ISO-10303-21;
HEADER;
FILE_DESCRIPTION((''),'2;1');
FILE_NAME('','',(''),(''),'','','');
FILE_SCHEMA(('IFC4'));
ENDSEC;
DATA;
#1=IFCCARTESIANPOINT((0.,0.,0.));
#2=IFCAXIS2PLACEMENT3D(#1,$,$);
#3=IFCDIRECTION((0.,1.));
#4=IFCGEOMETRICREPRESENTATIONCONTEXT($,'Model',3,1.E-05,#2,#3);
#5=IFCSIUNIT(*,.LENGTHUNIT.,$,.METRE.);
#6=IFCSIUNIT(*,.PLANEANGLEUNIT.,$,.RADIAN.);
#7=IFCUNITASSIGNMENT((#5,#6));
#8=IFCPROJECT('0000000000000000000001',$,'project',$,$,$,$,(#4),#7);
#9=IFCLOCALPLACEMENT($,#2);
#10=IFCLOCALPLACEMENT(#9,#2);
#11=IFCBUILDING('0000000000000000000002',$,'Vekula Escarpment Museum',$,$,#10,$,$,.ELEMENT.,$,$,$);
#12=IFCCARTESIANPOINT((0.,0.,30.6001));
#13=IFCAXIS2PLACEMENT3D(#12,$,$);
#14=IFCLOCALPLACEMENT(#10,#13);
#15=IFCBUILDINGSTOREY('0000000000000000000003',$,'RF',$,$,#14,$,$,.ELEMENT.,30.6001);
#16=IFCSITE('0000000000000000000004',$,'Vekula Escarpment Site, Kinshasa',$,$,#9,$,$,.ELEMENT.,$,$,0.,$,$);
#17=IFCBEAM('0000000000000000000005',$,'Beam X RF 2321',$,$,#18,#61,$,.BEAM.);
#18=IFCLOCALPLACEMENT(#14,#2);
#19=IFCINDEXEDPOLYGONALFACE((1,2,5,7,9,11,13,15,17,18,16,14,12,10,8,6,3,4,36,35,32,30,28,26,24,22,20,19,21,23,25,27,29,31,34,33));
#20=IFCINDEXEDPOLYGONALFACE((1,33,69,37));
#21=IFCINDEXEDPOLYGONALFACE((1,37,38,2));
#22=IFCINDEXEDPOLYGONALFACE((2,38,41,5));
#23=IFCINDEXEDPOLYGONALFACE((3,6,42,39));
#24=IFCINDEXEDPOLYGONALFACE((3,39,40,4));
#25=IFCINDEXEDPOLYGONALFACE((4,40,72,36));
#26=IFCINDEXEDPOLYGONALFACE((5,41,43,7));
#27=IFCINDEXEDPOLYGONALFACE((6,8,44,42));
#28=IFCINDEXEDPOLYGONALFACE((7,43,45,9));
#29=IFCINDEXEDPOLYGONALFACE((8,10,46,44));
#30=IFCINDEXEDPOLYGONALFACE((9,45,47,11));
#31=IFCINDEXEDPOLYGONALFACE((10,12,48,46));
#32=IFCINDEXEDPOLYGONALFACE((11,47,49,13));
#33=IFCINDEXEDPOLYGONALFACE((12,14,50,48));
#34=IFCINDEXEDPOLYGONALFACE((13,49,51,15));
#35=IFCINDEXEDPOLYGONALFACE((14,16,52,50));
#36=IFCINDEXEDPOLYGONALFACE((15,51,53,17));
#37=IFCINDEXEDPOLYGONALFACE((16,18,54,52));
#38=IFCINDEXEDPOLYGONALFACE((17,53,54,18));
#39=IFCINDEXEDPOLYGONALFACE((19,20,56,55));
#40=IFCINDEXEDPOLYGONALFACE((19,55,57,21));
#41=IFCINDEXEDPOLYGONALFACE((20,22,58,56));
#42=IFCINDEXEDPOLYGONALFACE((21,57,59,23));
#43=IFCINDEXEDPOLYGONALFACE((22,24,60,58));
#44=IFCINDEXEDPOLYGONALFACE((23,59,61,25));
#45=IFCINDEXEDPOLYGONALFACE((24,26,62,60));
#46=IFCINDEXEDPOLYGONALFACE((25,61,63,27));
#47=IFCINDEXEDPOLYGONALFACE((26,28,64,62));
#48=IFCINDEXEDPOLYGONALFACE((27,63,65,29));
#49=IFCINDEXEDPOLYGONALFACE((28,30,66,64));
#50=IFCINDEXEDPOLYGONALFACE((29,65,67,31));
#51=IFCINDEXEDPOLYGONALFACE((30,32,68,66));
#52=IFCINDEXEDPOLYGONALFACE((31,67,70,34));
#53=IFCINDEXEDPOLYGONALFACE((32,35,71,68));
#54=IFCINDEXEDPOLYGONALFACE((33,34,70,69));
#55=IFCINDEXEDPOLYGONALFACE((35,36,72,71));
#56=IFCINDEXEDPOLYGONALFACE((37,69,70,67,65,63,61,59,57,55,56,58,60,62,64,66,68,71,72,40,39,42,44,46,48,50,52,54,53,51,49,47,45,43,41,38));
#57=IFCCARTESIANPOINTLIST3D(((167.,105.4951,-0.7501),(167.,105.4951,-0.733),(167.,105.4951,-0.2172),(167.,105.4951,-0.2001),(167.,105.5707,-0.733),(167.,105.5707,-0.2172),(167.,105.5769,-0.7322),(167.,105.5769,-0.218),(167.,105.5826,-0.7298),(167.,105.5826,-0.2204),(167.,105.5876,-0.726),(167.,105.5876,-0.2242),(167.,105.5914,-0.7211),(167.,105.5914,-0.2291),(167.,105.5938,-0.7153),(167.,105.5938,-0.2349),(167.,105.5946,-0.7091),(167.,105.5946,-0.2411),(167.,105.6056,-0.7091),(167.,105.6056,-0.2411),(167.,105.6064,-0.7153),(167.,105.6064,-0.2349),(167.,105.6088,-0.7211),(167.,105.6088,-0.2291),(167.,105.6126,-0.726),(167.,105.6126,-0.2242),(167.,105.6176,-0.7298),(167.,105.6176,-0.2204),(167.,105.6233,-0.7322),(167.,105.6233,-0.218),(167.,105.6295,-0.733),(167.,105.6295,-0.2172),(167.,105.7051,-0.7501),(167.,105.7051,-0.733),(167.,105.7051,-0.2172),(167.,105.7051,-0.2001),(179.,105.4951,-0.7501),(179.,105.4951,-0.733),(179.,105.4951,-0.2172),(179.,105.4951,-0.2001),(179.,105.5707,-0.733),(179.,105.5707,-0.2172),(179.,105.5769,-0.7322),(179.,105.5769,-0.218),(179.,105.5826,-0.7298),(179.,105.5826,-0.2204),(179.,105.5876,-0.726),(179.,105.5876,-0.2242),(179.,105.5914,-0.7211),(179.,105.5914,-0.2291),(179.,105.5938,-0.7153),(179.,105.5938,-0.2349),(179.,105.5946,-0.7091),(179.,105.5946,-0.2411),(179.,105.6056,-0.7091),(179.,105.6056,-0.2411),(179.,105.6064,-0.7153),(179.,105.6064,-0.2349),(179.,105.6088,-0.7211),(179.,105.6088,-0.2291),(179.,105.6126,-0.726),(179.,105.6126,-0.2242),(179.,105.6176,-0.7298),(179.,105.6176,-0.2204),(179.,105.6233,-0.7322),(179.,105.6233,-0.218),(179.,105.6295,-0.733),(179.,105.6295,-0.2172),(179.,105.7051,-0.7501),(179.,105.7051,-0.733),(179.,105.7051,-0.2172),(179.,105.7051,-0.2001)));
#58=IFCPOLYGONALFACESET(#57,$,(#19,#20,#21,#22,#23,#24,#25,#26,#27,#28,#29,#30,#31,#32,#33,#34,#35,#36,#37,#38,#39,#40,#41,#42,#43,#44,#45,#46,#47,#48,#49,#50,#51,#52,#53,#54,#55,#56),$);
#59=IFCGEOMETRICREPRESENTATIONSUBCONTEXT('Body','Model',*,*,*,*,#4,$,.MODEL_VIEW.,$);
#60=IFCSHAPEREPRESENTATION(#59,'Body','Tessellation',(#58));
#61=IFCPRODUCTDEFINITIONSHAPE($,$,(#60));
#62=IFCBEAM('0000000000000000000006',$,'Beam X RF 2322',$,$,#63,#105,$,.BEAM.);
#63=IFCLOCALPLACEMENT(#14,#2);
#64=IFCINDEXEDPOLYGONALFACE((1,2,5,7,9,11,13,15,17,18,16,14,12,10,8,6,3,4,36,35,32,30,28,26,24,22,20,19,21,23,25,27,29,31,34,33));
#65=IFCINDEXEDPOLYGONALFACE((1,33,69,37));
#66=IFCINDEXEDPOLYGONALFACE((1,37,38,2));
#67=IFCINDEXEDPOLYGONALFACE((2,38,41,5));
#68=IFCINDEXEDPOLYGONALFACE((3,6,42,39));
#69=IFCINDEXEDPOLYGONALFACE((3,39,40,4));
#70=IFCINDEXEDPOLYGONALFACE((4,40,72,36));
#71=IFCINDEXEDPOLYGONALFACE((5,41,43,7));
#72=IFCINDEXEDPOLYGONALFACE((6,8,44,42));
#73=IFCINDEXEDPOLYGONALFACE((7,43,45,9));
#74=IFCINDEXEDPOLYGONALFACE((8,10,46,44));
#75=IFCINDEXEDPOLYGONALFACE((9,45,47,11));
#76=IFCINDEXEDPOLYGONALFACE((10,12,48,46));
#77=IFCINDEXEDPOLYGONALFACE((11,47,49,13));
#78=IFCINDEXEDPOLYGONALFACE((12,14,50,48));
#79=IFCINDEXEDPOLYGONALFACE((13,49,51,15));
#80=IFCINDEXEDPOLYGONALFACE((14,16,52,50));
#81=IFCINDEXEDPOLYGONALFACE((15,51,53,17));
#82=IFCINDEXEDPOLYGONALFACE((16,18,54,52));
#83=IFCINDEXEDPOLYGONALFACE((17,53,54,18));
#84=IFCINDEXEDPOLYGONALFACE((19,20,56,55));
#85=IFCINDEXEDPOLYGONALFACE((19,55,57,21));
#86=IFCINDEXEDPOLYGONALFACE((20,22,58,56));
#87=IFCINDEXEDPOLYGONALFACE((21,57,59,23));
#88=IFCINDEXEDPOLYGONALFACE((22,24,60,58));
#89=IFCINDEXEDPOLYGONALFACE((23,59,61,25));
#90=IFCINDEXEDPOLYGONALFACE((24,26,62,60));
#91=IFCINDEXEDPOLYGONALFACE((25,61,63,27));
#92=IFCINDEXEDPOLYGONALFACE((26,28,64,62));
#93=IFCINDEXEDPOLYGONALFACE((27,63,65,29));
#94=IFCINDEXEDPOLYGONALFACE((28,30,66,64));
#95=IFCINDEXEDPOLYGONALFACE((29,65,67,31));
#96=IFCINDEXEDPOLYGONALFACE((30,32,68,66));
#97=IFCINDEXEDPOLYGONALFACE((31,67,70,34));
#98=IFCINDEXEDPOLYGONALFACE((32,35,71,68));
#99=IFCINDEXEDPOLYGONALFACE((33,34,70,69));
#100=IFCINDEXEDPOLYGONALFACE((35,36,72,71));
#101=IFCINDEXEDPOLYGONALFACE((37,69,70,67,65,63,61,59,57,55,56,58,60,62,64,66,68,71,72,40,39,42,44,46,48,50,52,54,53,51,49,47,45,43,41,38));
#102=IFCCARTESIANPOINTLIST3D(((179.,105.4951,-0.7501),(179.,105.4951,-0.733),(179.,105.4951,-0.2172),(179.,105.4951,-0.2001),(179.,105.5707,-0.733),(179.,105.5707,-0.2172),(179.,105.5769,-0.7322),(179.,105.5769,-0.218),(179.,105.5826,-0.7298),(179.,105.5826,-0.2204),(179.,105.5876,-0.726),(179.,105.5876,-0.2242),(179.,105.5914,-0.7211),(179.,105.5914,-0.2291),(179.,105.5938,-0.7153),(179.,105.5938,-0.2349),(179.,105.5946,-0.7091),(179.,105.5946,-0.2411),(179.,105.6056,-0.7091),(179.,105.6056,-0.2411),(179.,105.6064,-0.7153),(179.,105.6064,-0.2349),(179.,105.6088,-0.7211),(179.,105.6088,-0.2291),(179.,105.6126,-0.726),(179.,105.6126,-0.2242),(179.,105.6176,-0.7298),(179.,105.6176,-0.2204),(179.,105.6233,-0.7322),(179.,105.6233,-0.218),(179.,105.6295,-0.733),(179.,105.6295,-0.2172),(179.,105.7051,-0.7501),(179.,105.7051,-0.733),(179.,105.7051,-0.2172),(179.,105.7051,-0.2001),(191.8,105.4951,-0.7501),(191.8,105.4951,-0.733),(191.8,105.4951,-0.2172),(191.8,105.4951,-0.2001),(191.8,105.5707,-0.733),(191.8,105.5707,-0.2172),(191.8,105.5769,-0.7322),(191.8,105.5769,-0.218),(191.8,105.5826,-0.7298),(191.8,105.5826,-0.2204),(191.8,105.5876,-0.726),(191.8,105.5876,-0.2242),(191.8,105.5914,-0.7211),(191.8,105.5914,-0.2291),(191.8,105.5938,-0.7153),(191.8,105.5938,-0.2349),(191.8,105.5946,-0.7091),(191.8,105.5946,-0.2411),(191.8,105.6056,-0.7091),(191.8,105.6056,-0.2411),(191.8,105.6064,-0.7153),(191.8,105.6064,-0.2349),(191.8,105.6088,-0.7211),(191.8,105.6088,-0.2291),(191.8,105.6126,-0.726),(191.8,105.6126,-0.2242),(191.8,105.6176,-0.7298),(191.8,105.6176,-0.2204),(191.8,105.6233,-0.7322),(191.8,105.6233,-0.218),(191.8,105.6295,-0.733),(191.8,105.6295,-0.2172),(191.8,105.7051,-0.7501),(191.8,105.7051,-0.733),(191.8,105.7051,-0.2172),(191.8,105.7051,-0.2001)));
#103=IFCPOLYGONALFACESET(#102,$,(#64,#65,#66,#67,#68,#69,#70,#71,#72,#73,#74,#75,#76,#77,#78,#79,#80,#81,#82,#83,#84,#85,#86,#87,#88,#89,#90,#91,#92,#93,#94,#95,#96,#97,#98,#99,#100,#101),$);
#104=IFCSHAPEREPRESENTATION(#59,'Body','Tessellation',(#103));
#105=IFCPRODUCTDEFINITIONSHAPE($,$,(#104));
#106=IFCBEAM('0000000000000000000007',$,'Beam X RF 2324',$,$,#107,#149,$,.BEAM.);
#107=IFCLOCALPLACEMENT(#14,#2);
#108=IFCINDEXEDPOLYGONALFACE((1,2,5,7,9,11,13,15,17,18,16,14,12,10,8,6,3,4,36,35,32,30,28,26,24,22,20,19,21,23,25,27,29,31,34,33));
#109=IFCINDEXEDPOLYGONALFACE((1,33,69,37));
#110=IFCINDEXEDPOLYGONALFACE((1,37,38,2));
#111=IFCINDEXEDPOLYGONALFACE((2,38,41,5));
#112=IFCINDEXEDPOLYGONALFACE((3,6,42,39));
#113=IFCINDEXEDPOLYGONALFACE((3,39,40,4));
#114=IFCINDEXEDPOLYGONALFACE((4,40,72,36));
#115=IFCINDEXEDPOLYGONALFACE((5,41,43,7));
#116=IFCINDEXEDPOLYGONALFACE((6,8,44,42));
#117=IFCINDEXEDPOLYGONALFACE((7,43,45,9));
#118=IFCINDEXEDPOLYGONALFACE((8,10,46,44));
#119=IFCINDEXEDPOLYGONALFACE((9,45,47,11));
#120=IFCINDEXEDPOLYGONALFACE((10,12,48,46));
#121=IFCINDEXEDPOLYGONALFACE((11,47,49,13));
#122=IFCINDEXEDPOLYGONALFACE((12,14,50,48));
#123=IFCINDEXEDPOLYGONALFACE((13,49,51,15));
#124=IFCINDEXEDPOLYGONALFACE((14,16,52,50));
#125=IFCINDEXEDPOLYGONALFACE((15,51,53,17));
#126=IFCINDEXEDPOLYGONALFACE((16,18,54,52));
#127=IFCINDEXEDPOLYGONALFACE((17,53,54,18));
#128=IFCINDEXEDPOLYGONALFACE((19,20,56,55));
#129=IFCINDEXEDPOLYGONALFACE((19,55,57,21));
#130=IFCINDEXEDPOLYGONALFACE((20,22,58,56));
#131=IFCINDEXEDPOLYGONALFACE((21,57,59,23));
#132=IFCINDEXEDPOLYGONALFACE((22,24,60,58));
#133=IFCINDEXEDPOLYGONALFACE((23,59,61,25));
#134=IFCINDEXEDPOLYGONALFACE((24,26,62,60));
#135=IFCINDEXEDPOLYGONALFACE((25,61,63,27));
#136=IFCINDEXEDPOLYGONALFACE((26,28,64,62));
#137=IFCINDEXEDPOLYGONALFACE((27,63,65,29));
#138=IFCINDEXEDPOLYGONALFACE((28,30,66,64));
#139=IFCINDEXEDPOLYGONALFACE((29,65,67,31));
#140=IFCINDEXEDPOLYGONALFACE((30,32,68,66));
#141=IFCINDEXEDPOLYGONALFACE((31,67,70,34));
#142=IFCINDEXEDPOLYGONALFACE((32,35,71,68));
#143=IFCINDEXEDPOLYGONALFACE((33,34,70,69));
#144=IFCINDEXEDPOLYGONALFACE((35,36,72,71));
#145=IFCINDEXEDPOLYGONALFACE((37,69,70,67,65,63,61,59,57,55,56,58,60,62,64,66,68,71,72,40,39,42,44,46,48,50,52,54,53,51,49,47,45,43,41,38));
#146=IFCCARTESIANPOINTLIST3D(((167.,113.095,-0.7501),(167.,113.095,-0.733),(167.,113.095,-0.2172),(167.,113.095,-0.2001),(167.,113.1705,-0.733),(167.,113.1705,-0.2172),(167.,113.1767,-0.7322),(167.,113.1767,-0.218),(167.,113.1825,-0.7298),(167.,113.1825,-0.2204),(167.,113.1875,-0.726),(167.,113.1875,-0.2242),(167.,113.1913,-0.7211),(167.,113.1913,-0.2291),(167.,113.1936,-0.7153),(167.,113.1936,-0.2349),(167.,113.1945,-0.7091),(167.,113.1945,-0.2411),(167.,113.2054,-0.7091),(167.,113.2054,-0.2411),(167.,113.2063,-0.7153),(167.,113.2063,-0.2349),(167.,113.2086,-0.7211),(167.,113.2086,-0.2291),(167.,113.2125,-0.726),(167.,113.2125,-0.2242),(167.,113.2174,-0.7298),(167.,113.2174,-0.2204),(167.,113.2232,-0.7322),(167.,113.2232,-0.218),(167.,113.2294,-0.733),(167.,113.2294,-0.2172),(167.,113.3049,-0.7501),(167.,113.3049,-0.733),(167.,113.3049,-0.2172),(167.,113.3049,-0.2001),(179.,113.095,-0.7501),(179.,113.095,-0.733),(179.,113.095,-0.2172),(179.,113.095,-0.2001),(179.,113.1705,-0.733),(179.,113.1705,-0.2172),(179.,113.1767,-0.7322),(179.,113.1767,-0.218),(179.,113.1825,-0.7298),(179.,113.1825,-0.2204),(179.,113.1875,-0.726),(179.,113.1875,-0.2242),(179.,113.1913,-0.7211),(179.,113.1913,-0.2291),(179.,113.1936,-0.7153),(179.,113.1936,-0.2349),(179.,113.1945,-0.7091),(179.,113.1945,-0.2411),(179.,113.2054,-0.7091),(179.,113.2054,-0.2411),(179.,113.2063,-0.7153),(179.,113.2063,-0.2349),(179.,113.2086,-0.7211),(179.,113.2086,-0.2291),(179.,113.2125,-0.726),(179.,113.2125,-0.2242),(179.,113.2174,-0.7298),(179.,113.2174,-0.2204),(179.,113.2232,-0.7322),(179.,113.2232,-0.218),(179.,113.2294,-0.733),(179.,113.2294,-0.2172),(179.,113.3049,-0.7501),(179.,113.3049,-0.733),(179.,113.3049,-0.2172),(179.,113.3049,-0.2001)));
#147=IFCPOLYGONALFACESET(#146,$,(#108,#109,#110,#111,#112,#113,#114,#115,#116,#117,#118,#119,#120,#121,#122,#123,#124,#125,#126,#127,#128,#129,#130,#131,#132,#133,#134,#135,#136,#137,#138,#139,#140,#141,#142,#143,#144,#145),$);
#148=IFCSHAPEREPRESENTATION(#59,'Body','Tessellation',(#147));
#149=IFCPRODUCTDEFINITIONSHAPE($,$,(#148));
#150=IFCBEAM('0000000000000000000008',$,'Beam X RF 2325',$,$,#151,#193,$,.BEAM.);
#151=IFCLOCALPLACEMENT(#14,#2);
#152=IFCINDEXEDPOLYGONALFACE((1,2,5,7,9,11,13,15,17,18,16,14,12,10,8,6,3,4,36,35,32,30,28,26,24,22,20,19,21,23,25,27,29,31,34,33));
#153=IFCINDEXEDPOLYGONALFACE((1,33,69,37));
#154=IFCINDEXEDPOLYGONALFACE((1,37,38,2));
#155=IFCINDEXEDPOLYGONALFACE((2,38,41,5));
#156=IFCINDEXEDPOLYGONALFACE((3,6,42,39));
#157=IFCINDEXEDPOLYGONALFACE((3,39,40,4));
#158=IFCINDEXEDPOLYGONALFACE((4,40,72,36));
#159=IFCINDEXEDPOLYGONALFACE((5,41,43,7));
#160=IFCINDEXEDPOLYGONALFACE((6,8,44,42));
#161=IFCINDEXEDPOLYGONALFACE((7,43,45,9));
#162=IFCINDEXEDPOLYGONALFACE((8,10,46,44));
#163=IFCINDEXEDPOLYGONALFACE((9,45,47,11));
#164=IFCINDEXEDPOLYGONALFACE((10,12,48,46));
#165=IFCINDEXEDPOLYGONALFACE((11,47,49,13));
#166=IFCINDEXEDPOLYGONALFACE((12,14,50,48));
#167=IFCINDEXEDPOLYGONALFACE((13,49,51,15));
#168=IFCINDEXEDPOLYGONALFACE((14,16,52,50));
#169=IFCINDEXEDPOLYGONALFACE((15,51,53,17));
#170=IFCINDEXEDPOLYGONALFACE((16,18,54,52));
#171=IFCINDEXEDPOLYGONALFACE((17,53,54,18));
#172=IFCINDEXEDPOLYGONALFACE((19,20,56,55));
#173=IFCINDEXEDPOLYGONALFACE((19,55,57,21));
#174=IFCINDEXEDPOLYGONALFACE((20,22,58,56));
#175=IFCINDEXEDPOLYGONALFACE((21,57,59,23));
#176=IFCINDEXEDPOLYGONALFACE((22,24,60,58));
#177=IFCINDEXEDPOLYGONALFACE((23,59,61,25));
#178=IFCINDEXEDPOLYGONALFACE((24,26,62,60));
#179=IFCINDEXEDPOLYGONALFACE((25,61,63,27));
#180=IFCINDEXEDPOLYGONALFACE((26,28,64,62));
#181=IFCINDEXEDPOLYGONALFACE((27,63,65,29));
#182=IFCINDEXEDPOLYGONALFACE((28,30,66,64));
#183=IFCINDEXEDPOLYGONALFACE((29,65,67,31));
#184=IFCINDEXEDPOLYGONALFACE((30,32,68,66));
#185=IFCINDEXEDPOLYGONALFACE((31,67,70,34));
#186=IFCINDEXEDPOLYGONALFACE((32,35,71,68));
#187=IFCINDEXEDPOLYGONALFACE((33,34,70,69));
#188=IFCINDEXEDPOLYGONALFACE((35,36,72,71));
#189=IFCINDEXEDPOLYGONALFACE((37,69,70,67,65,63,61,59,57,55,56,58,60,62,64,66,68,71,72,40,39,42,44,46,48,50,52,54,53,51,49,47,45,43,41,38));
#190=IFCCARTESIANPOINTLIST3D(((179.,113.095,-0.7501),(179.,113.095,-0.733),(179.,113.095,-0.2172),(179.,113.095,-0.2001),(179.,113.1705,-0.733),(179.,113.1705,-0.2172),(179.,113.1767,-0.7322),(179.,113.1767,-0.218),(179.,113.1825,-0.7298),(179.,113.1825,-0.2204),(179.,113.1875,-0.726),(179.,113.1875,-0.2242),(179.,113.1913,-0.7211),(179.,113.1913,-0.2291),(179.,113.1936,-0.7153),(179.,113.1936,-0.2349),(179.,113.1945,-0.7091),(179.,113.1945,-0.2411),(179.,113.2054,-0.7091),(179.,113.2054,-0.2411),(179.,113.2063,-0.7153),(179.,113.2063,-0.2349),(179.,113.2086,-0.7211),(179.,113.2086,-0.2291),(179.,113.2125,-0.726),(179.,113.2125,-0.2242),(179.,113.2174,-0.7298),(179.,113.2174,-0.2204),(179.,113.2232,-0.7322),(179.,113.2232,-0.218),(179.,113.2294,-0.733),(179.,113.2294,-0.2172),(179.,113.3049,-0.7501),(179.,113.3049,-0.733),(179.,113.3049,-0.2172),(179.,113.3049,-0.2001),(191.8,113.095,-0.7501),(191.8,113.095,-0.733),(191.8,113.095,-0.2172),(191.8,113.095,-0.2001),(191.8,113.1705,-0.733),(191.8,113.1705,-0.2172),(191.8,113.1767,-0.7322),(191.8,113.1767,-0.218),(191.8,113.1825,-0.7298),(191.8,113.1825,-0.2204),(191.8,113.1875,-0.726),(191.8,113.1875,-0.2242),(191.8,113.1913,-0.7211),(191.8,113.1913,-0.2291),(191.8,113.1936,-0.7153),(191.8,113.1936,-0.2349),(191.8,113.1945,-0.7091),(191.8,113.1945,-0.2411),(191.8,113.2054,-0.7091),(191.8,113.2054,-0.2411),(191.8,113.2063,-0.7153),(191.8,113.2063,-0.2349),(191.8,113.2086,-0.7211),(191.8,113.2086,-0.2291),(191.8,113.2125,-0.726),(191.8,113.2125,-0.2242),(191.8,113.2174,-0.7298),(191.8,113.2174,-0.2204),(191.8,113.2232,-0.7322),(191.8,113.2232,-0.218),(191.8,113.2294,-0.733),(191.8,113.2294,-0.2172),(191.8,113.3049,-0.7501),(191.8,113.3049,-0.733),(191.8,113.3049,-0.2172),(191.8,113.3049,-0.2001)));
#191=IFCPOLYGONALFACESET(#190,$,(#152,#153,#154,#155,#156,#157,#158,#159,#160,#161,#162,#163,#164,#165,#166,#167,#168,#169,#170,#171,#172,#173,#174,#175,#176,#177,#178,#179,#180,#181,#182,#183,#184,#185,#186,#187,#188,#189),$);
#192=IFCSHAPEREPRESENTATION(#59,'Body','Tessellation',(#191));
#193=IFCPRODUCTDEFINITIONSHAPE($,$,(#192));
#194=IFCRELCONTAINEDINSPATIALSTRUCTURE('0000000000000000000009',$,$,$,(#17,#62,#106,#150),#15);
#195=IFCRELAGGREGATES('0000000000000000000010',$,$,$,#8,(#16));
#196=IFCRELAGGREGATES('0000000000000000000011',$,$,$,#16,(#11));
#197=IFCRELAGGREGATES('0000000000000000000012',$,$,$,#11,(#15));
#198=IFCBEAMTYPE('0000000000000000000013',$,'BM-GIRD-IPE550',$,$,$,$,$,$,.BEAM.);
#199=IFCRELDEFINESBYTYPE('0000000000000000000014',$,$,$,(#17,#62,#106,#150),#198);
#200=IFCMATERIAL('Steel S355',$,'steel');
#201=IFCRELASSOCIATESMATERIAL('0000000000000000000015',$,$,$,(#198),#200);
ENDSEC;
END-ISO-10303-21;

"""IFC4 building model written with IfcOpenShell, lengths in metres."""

from ifc_helpers import new_model, si_unit, direction, frame, origin, origin_2d, place, context, subcontext, project, spatial, i_section, extrude, material, material_profile, profile_set, type_object, element, save


model = new_model("IFC4")

# Units and contexts
model_context = context("Model", 3, precision=1e-05, world=origin(), true_north=direction((0.0, 1.0)))
body_context = subcontext(model_context, "Body", "Model", "MODEL_VIEW")
ifc_project = project(units=[si_unit("LENGTHUNIT", "METRE"), si_unit("PLANEANGLEUNIT", "RADIAN")], contexts=[model_context])

# Site, building, storey
site_placement = place(None, origin())
site = spatial("IfcSite", under=ifc_project, at=site_placement, Name="Vekula Escarpment Site, Kinshasa", CompositionType="ELEMENT", RefElevation=0.0)
building_placement = place(site_placement, origin())
building = spatial("IfcBuilding", under=site, at=building_placement, Name="Vekula Escarpment Museum", CompositionType="ELEMENT")
storey_placement = place(building_placement, frame((0.0, 0.0, 30.6001)))
storey = spatial("IfcBuildingStorey", under=building, at=storey_placement, Name="RF", CompositionType="ELEMENT", Elevation=30.6001)

# Beams
ifc_material_1 = material(Name="Steel S355", Category="steel")
ifc_material_profile_1 = material_profile(ifc_material_1, i_section(OverallWidth=0.21, OverallDepth=0.55, WebThickness=0.011, FlangeThickness=0.0171, FilletRadius=0.0239, at=origin_2d()), Name="IPE 550")
ifc_profile_set_1 = profile_set([ifc_material_profile_1], Name="Steel S355")
beam_type_1 = type_object("IfcBeamType", Name="BM-GIRD-IPE550", PredefinedType="BEAM", material=ifc_profile_set_1)
beam_1_placement = place(storey_placement, frame((167.0, 105.6001, -0.4751), z_axis=(1.0, 0.0, 0.0), x_axis=(0.0, 1.0, 0.0)))
element("IfcBeam", 1, at=beam_1_placement, inside=storey, type_object=beam_type_1, Name="Beam X RF 2321", PredefinedType="BEAM", context=body_context, shape_type="SweptSolid", body=[
    extrude(i_section(OverallWidth=0.21, OverallDepth=0.55, WebThickness=0.011, FlangeThickness=0.0171, FilletRadius=0.0239, at=origin_2d()), origin(), (0.0, 0.0, 1.0), 12.0),
])
beam_2_placement = place(storey_placement, frame((179.0, 105.6001, -0.4751), z_axis=(1.0, 0.0, 0.0), x_axis=(0.0, 1.0, 0.0)))
element("IfcBeam", 2, at=beam_2_placement, inside=storey, type_object=beam_type_1, Name="Beam X RF 2322", PredefinedType="BEAM", context=body_context, shape_type="SweptSolid", body=[
    extrude(i_section(OverallWidth=0.21, OverallDepth=0.55, WebThickness=0.011, FlangeThickness=0.0171, FilletRadius=0.0239, at=origin_2d()), origin(), (0.0, 0.0, 1.0), 12.8),
])
beam_3_placement = place(storey_placement, frame((167.0, 113.2, -0.4751), z_axis=(1.0, 0.0, 0.0), x_axis=(0.0, 1.0, 0.0)))
element("IfcBeam", 3, at=beam_3_placement, inside=storey, type_object=beam_type_1, Name="Beam X RF 2324", PredefinedType="BEAM", context=body_context, shape_type="SweptSolid", body=[
    extrude(i_section(OverallWidth=0.21, OverallDepth=0.55, WebThickness=0.011, FlangeThickness=0.0171, FilletRadius=0.0239, at=origin_2d()), origin(), (0.0, 0.0, 1.0), 12.0),
])
beam_4_placement = place(storey_placement, frame((179.0, 113.2, -0.4751), z_axis=(1.0, 0.0, 0.0), x_axis=(0.0, 1.0, 0.0)))
element("IfcBeam", 4, at=beam_4_placement, inside=storey, type_object=beam_type_1, Name="Beam X RF 2325", PredefinedType="BEAM", context=body_context, shape_type="SweptSolid", body=[
    extrude(i_section(OverallWidth=0.21, OverallDepth=0.55, WebThickness=0.011, FlangeThickness=0.0171, FilletRadius=0.0239, at=origin_2d()), origin(), (0.0, 0.0, 1.0), 12.8),
])

save(model, "model.ifc")
